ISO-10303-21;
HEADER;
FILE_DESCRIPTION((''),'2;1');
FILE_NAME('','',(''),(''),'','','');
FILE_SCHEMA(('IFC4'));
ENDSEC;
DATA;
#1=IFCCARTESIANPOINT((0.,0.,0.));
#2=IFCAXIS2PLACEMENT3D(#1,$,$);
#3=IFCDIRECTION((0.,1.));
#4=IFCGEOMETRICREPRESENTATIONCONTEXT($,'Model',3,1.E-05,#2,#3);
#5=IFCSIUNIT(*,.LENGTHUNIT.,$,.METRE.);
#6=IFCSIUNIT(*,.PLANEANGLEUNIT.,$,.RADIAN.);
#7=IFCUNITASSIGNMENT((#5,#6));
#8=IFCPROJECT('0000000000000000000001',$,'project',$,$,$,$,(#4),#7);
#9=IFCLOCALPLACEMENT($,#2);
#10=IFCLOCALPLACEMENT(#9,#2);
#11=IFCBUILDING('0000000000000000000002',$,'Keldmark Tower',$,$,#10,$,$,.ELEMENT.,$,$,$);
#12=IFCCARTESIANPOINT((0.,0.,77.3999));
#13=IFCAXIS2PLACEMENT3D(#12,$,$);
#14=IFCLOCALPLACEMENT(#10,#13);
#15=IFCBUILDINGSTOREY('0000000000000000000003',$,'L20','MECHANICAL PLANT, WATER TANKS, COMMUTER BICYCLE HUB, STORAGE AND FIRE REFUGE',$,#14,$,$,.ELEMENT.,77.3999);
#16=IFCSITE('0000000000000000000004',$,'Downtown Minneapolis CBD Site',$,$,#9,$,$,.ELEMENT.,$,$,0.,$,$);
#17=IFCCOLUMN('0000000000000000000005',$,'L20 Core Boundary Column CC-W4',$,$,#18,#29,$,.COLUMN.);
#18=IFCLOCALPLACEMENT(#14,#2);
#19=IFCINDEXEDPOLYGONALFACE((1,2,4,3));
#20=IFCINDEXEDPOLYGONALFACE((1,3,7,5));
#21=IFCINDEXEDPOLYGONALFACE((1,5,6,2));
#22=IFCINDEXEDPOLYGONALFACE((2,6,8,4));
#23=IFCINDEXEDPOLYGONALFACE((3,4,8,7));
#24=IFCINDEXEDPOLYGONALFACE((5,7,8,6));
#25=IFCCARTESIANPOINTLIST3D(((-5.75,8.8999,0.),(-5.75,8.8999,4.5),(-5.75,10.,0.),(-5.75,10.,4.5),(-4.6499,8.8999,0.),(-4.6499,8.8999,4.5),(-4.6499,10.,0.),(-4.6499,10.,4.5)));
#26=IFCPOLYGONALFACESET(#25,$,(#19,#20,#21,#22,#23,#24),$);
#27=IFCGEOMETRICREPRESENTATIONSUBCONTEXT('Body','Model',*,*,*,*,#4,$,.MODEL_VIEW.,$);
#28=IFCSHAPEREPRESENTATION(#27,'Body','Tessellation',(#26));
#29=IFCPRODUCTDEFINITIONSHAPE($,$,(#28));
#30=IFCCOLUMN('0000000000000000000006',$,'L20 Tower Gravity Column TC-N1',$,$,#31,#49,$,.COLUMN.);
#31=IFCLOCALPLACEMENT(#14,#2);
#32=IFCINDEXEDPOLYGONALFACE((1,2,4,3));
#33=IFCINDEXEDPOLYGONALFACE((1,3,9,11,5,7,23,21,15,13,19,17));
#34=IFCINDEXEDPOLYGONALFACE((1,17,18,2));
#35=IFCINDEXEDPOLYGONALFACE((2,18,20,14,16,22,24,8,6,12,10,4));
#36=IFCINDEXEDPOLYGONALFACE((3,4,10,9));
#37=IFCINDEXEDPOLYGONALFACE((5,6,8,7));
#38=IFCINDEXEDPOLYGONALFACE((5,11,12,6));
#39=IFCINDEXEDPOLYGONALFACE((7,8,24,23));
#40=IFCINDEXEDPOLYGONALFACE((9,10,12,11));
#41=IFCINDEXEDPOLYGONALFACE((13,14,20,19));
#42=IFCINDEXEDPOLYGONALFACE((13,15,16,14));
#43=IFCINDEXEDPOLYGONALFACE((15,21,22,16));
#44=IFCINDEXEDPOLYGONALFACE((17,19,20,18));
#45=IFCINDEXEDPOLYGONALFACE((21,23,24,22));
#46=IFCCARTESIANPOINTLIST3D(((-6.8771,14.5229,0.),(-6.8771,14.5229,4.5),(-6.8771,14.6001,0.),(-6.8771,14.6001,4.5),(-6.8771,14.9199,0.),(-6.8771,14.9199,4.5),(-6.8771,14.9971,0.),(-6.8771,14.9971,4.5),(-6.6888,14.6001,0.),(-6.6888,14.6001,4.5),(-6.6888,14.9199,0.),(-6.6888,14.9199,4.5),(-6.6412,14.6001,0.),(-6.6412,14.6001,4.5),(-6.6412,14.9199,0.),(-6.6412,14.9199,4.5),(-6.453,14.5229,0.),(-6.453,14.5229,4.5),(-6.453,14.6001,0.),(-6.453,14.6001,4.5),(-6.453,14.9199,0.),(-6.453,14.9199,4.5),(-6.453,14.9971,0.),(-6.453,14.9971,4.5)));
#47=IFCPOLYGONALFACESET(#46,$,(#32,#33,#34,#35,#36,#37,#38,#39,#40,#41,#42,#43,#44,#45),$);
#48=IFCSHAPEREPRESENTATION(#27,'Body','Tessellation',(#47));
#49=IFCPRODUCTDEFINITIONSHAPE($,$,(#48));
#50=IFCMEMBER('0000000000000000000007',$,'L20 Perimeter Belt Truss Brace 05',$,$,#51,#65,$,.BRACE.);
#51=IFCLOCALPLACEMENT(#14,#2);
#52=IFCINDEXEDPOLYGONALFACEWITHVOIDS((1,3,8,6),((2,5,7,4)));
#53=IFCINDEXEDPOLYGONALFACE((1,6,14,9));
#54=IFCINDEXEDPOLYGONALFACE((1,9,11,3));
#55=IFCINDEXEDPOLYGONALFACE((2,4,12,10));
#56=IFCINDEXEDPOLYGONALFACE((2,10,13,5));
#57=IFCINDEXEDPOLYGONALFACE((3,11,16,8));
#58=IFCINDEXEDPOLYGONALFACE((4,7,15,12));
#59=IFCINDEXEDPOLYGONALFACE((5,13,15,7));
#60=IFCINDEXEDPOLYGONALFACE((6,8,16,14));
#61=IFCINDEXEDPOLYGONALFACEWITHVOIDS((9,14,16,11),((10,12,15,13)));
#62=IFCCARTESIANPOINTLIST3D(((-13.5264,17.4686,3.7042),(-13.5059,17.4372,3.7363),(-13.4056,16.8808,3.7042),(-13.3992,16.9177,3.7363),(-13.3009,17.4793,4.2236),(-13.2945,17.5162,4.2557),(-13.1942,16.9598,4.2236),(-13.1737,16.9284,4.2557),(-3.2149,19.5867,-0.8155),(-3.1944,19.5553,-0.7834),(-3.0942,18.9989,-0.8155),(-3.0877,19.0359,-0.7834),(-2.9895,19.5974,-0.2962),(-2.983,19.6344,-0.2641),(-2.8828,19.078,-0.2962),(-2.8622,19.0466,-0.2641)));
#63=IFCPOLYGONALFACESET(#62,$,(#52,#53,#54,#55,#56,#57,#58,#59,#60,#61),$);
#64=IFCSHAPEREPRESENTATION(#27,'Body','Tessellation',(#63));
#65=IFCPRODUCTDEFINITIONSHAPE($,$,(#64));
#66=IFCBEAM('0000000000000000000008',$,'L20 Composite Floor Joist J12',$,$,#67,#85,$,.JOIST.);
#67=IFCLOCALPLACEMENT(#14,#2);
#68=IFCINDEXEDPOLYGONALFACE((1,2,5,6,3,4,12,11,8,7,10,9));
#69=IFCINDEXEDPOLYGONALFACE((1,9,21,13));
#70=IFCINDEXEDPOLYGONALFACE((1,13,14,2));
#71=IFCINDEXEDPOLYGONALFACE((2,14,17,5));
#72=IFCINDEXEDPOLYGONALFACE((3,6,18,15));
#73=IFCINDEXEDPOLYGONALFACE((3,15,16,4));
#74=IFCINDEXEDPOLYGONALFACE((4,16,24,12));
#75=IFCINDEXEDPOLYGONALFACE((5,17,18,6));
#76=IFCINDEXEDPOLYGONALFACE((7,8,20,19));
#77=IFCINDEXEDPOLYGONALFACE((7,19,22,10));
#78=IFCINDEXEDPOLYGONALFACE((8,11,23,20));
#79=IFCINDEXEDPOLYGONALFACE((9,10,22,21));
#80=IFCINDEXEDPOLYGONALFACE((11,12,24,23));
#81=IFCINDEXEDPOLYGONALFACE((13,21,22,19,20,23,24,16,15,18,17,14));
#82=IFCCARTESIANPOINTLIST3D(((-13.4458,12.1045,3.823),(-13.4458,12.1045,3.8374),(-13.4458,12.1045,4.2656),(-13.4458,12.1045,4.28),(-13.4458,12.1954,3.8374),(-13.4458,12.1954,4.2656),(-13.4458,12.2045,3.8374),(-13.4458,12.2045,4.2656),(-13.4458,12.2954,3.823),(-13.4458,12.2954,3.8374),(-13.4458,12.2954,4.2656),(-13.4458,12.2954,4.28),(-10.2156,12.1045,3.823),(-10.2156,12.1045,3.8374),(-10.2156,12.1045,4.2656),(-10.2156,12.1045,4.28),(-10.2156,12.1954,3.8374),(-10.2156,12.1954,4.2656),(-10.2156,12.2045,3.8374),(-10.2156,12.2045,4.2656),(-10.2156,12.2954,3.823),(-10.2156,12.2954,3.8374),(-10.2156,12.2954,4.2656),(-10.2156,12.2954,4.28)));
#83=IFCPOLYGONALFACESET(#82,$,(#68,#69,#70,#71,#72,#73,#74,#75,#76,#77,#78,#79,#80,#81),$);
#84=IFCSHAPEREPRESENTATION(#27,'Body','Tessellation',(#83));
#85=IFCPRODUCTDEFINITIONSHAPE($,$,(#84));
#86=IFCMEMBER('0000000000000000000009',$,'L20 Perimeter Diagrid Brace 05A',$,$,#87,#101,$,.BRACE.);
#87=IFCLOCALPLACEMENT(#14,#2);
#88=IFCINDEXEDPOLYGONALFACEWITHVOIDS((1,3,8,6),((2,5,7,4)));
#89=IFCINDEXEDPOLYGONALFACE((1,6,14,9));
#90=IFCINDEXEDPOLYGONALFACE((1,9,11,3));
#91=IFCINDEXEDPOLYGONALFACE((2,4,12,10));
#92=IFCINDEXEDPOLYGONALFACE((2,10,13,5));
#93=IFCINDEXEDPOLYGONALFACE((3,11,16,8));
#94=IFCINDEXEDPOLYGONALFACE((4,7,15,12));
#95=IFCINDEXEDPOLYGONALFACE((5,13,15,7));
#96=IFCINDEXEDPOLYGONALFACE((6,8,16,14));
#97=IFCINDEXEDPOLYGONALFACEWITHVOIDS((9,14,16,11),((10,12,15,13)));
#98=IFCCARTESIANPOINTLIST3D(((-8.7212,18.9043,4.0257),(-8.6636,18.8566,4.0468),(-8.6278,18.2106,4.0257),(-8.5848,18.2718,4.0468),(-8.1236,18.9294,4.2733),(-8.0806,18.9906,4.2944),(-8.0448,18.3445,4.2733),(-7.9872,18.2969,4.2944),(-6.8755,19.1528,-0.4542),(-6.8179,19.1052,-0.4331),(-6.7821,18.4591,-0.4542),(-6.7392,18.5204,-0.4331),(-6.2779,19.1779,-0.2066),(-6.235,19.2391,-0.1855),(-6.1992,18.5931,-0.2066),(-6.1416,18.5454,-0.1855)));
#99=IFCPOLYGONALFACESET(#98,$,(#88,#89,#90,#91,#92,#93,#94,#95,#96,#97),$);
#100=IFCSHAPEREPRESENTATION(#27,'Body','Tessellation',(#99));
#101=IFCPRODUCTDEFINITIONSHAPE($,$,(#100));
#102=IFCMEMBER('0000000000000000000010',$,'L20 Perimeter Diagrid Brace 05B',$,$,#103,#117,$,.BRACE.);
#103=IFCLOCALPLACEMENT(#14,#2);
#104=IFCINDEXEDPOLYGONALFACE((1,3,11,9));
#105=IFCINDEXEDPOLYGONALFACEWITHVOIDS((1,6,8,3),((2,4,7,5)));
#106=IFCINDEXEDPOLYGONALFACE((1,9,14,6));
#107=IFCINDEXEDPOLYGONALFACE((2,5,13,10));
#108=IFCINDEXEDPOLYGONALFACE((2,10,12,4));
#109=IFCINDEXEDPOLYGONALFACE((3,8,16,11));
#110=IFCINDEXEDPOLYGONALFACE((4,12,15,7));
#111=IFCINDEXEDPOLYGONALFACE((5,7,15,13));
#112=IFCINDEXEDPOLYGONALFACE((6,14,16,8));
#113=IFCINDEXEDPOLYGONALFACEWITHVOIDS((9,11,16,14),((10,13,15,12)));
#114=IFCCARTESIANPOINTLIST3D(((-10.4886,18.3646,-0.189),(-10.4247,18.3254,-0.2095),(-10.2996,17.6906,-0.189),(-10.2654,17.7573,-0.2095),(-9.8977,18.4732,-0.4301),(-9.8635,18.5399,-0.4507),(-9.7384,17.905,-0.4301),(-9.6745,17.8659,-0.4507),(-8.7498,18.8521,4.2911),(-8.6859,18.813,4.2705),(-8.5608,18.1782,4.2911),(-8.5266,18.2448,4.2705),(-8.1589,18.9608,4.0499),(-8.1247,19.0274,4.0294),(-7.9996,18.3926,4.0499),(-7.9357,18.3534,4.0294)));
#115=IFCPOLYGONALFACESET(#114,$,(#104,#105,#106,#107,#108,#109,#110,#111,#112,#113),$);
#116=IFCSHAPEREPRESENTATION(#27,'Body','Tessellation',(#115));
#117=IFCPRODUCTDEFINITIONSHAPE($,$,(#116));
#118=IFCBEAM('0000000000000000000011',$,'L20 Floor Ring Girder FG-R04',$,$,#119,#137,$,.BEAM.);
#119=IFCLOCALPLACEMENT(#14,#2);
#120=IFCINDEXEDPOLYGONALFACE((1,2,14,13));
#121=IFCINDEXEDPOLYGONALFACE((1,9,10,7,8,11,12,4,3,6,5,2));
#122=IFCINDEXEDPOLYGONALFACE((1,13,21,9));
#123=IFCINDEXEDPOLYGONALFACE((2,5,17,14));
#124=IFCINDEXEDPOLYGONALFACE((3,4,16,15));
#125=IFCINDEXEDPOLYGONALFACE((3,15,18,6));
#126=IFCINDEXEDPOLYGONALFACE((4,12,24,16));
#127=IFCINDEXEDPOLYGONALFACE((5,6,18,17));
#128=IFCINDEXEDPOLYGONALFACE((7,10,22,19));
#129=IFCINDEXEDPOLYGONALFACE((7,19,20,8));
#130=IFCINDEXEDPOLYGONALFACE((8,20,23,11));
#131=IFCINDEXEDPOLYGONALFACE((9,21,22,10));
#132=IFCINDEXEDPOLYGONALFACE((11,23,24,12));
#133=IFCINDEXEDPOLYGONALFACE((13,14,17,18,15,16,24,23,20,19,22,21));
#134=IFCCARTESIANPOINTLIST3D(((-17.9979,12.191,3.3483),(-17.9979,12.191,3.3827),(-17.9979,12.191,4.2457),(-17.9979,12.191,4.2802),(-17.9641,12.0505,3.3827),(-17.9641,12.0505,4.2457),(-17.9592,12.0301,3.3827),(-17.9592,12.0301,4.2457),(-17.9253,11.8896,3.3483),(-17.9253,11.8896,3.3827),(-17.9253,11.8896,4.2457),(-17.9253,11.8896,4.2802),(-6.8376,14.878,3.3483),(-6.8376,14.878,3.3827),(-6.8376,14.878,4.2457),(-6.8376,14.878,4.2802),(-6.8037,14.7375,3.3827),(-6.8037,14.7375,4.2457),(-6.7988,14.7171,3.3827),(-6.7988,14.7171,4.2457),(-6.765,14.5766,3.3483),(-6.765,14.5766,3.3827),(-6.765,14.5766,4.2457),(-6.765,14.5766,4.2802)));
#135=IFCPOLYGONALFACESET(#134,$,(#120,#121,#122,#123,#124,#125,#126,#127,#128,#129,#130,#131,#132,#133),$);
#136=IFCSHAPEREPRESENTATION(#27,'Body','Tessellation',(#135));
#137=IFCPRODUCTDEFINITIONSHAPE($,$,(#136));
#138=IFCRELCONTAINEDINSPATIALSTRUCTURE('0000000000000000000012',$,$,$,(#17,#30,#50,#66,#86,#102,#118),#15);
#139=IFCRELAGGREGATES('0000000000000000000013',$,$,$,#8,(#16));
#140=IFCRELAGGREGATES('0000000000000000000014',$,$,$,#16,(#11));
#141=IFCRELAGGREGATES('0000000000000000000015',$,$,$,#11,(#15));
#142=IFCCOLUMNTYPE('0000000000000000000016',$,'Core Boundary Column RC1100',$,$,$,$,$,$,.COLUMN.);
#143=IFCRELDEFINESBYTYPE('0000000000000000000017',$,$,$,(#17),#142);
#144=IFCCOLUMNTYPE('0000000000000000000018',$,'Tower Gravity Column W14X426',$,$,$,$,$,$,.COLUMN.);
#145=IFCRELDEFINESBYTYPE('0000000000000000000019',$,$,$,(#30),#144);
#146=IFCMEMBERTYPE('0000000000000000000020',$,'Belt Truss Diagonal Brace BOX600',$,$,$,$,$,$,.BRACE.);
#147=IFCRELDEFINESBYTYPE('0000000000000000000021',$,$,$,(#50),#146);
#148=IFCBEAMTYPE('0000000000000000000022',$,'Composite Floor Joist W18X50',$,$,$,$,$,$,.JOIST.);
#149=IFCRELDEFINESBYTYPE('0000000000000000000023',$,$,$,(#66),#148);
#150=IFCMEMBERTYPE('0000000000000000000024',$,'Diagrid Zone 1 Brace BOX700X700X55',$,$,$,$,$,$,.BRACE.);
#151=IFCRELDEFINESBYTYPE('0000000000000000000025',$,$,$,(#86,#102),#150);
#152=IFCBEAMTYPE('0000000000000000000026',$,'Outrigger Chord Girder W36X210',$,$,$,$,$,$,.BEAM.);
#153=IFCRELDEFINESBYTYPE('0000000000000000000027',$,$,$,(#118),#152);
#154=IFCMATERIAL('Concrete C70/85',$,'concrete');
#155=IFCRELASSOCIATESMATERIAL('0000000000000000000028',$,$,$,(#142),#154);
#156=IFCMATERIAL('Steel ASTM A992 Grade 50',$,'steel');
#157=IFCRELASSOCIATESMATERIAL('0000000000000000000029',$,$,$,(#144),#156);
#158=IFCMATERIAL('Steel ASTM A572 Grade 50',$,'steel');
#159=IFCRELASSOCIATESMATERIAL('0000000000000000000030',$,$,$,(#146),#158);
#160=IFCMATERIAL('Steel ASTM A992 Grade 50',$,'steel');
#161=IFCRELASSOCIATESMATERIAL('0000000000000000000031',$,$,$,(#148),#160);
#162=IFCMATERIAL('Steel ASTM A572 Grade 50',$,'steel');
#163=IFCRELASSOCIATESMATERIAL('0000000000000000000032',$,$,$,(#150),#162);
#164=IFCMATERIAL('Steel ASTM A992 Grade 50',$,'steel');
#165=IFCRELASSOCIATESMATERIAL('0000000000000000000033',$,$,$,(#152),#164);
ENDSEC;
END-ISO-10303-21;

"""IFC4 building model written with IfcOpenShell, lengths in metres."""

from ifc_helpers import new_model, si_unit, direction, frame, origin, origin_2d, place, context, subcontext, project, spatial, rectangle, hollow_rectangle, i_section, extrude, material, material_profile, profile_set, type_object, element, save


model = new_model("IFC4")

# Units and contexts
model_context = context("Model", 3, precision=1e-05, world=origin(), true_north=direction((0.0, 1.0)))
body_context = subcontext(model_context, "Body", "Model", "MODEL_VIEW")
ifc_project = project(units=[si_unit("LENGTHUNIT", "METRE"), si_unit("PLANEANGLEUNIT", "RADIAN")], contexts=[model_context])

# Site, building, storey
site_placement = place(None, origin())
site = spatial("IfcSite", under=ifc_project, at=site_placement, Name="Downtown Minneapolis CBD Site", CompositionType="ELEMENT", RefElevation=0.0)
building_placement = place(site_placement, origin())
building = spatial("IfcBuilding", under=site, at=building_placement, Name="Keldmark Tower", CompositionType="ELEMENT")
storey_placement = place(building_placement, frame((0.0, 0.0, 77.3999)))
storey = spatial("IfcBuildingStorey", under=building, at=storey_placement, Name="L20", Description="MECHANICAL PLANT, WATER TANKS, COMMUTER BICYCLE HUB, STORAGE AND FIRE REFUGE", CompositionType="ELEMENT", Elevation=77.3999)

# Columns
ifc_material_1 = material(Name="Concrete C70/85", Category="concrete")
ifc_material_profile_1 = material_profile(ifc_material_1, rectangle(XDim=1.1001, YDim=1.1001, at=origin_2d()), Name="RC1100X1100")
ifc_profile_set_1 = profile_set([ifc_material_profile_1], Name="Concrete C70/85")
column_type_1 = type_object("IfcColumnType", Name="Core Boundary Column RC1100", PredefinedType="COLUMN", material=ifc_profile_set_1)
column_1_placement = place(storey_placement, frame((-5.2, 9.45, 0.0), z_axis=(0.0, 0.0, 1.0), x_axis=(1.0, 0.0, 0.0)))
element("IfcColumn", 1, at=column_1_placement, inside=storey, type_object=column_type_1, Name="L20 Core Boundary Column CC-W4", PredefinedType="COLUMN", context=body_context, shape_type="SweptSolid", body=[
    extrude(rectangle(XDim=1.1001, YDim=1.1001, at=origin_2d()), origin(), (0.0, 0.0, 1.0), 4.5),
])
ifc_material_2 = material(Name="Steel ASTM A992 Grade 50", Category="steel")
ifc_material_profile_2 = material_profile(ifc_material_2, i_section(OverallWidth=0.4241, OverallDepth=0.4741, WebThickness=0.0476, FlangeThickness=0.0771, at=origin_2d()), Name="W14X426")
ifc_profile_set_2 = profile_set([ifc_material_profile_2], Name="Steel ASTM A992 Grade 50")
column_type_2 = type_object("IfcColumnType", Name="Tower Gravity Column W14X426", PredefinedType="COLUMN", material=ifc_profile_set_2)
column_2_placement = place(storey_placement, frame((-6.665, 14.76, 0.0), z_axis=(0.0, 0.0, 1.0), x_axis=(1.0, 0.0, 0.0)))
element("IfcColumn", 2, at=column_2_placement, inside=storey, type_object=column_type_2, Name="L20 Tower Gravity Column TC-N1", PredefinedType="COLUMN", context=body_context, shape_type="SweptSolid", body=[
    extrude(i_section(OverallWidth=0.4241, OverallDepth=0.4741, WebThickness=0.0476, FlangeThickness=0.0771, at=origin_2d()), origin(), (0.0, 0.0, 1.0), 4.5),
])

# Member
ifc_material_3 = material(Name="Steel ASTM A572 Grade 50", Category="steel")
ifc_material_profile_3 = material_profile(ifc_material_3, hollow_rectangle(XDim=0.6001, YDim=0.6001, WallThickness=0.0349, at=origin_2d()), Name="BOX600X600X35")
ifc_profile_set_3 = profile_set([ifc_material_profile_3], Name="Steel ASTM A572 Grade 50")
member_type_1 = type_object("IfcMemberType", Name="Belt Truss Diagonal Brace BOX600", PredefinedType="BRACE", material=ifc_profile_set_3)
member_1_placement = place(storey_placement, frame((-3.0386, 19.3167, -0.5398), z_axis=(-0.900089, -0.184894, 0.39453), x_axis=(0.201216, -0.979547, 0.0)))
element("IfcMember", 3, at=member_1_placement, inside=storey, type_object=member_type_1, Name="L20 Perimeter Belt Truss Brace 05", PredefinedType="BRACE", context=body_context, shape_type="SweptSolid", body=[
    extrude(hollow_rectangle(XDim=0.6001, YDim=0.6001, WallThickness=0.0349, at=origin_2d()), origin(), (0.0, 0.0, 1.0), 11.4561),
])

# Beam
ifc_material_4 = material(Name="Steel ASTM A992 Grade 50", Category="steel")
ifc_material_profile_4 = material_profile(ifc_material_4, i_section(OverallWidth=0.1909, OverallDepth=0.457, WebThickness=0.009, FlangeThickness=0.0144, at=origin_2d()), Name="W18X50")
ifc_profile_set_4 = profile_set([ifc_material_profile_4], Name="Steel ASTM A992 Grade 50")
beam_type_1 = type_object("IfcBeamType", Name="Composite Floor Joist W18X50", PredefinedType="JOIST", material=ifc_profile_set_4)
beam_1_placement = place(storey_placement, frame((-13.4458, 12.2, 4.0515), z_axis=(1.0, 0.0, 0.0), x_axis=(0.0, 1.0, 0.0)))
element("IfcBeam", 4, at=beam_1_placement, inside=storey, type_object=beam_type_1, Name="L20 Composite Floor Joist J12", PredefinedType="JOIST", context=body_context, shape_type="SweptSolid", body=[
    extrude(i_section(OverallWidth=0.1909, OverallDepth=0.457, WebThickness=0.009, FlangeThickness=0.0144, at=origin_2d()), origin(), (0.0, 0.0, 1.0), 3.2302),
])

# Members
ifc_material_5 = material(Name="Steel ASTM A572 Grade 50", Category="steel")
ifc_material_profile_5 = material_profile(ifc_material_5, hollow_rectangle(XDim=0.7, YDim=0.7, WallThickness=0.0549, at=origin_2d()), Name="BOX700X700X55")
ifc_profile_set_5 = profile_set([ifc_material_profile_5], Name="Steel ASTM A572 Grade 50")
member_type_2 = type_object("IfcMemberType", Name="Diagrid Zone 1 Brace BOX700X700X55", PredefinedType="BRACE", material=ifc_profile_set_5)
member_2_placement = place(storey_placement, frame((-6.5085, 18.8491, -0.3198), z_axis=(-0.380427, -0.051227, 0.923391), x_axis=(0.133452, -0.991055, 0.0)))
element("IfcMember", 5, at=member_2_placement, inside=storey, type_object=member_type_2, Name="L20 Perimeter Diagrid Brace 05A", PredefinedType="BRACE", context=body_context, shape_type="SweptSolid", body=[
    extrude(hollow_rectangle(XDim=0.7, YDim=0.7, WallThickness=0.0549, at=origin_2d()), origin(), (0.0, 0.0, 1.0), 4.8516),
])
member_3_placement = place(storey_placement, frame((-10.0815, 18.1152, -0.3198), z_axis=(0.359976, 0.100937, 0.927486), x_axis=(-0.269986, 0.962864, 0.0)))
element("IfcMember", 6, at=member_3_placement, inside=storey, type_object=member_type_2, Name="L20 Perimeter Diagrid Brace 05B", PredefinedType="BRACE", context=body_context, shape_type="SweptSolid", body=[
    extrude(hollow_rectangle(XDim=0.7, YDim=0.7, WallThickness=0.0549, at=origin_2d()), origin(), (0.0, 0.0, 1.0), 4.8303),
])

# Beam
ifc_material_6 = material(Name="Steel ASTM A992 Grade 50", Category="steel")
ifc_material_profile_6 = material_profile(ifc_material_6, i_section(OverallWidth=0.3101, OverallDepth=0.9319, WebThickness=0.021, FlangeThickness=0.0344, at=origin_2d()), Name="W36X210")
ifc_profile_set_6 = profile_set([ifc_material_profile_6], Name="Steel ASTM A992 Grade 50")
beam_type_2 = type_object("IfcBeamType", Name="Outrigger Chord Girder W36X210", PredefinedType="BEAM", material=ifc_profile_set_6)
beam_2_placement = place(storey_placement, frame((-6.8013, 14.7273, 3.8142), z_axis=(-0.972219, -0.234074, 0.0), x_axis=(0.234074, -0.972219, 0.0)))
element("IfcBeam", 7, at=beam_2_placement, inside=storey, type_object=beam_type_2, Name="L20 Floor Ring Girder FG-R04", PredefinedType="BEAM", context=body_context, shape_type="SweptSolid", body=[
    extrude(i_section(OverallWidth=0.3101, OverallDepth=0.9319, WebThickness=0.021, FlangeThickness=0.0344, at=origin_2d()), origin(), (0.0, 0.0, 1.0), 11.4792),
])

save(model, "model.ifc")
